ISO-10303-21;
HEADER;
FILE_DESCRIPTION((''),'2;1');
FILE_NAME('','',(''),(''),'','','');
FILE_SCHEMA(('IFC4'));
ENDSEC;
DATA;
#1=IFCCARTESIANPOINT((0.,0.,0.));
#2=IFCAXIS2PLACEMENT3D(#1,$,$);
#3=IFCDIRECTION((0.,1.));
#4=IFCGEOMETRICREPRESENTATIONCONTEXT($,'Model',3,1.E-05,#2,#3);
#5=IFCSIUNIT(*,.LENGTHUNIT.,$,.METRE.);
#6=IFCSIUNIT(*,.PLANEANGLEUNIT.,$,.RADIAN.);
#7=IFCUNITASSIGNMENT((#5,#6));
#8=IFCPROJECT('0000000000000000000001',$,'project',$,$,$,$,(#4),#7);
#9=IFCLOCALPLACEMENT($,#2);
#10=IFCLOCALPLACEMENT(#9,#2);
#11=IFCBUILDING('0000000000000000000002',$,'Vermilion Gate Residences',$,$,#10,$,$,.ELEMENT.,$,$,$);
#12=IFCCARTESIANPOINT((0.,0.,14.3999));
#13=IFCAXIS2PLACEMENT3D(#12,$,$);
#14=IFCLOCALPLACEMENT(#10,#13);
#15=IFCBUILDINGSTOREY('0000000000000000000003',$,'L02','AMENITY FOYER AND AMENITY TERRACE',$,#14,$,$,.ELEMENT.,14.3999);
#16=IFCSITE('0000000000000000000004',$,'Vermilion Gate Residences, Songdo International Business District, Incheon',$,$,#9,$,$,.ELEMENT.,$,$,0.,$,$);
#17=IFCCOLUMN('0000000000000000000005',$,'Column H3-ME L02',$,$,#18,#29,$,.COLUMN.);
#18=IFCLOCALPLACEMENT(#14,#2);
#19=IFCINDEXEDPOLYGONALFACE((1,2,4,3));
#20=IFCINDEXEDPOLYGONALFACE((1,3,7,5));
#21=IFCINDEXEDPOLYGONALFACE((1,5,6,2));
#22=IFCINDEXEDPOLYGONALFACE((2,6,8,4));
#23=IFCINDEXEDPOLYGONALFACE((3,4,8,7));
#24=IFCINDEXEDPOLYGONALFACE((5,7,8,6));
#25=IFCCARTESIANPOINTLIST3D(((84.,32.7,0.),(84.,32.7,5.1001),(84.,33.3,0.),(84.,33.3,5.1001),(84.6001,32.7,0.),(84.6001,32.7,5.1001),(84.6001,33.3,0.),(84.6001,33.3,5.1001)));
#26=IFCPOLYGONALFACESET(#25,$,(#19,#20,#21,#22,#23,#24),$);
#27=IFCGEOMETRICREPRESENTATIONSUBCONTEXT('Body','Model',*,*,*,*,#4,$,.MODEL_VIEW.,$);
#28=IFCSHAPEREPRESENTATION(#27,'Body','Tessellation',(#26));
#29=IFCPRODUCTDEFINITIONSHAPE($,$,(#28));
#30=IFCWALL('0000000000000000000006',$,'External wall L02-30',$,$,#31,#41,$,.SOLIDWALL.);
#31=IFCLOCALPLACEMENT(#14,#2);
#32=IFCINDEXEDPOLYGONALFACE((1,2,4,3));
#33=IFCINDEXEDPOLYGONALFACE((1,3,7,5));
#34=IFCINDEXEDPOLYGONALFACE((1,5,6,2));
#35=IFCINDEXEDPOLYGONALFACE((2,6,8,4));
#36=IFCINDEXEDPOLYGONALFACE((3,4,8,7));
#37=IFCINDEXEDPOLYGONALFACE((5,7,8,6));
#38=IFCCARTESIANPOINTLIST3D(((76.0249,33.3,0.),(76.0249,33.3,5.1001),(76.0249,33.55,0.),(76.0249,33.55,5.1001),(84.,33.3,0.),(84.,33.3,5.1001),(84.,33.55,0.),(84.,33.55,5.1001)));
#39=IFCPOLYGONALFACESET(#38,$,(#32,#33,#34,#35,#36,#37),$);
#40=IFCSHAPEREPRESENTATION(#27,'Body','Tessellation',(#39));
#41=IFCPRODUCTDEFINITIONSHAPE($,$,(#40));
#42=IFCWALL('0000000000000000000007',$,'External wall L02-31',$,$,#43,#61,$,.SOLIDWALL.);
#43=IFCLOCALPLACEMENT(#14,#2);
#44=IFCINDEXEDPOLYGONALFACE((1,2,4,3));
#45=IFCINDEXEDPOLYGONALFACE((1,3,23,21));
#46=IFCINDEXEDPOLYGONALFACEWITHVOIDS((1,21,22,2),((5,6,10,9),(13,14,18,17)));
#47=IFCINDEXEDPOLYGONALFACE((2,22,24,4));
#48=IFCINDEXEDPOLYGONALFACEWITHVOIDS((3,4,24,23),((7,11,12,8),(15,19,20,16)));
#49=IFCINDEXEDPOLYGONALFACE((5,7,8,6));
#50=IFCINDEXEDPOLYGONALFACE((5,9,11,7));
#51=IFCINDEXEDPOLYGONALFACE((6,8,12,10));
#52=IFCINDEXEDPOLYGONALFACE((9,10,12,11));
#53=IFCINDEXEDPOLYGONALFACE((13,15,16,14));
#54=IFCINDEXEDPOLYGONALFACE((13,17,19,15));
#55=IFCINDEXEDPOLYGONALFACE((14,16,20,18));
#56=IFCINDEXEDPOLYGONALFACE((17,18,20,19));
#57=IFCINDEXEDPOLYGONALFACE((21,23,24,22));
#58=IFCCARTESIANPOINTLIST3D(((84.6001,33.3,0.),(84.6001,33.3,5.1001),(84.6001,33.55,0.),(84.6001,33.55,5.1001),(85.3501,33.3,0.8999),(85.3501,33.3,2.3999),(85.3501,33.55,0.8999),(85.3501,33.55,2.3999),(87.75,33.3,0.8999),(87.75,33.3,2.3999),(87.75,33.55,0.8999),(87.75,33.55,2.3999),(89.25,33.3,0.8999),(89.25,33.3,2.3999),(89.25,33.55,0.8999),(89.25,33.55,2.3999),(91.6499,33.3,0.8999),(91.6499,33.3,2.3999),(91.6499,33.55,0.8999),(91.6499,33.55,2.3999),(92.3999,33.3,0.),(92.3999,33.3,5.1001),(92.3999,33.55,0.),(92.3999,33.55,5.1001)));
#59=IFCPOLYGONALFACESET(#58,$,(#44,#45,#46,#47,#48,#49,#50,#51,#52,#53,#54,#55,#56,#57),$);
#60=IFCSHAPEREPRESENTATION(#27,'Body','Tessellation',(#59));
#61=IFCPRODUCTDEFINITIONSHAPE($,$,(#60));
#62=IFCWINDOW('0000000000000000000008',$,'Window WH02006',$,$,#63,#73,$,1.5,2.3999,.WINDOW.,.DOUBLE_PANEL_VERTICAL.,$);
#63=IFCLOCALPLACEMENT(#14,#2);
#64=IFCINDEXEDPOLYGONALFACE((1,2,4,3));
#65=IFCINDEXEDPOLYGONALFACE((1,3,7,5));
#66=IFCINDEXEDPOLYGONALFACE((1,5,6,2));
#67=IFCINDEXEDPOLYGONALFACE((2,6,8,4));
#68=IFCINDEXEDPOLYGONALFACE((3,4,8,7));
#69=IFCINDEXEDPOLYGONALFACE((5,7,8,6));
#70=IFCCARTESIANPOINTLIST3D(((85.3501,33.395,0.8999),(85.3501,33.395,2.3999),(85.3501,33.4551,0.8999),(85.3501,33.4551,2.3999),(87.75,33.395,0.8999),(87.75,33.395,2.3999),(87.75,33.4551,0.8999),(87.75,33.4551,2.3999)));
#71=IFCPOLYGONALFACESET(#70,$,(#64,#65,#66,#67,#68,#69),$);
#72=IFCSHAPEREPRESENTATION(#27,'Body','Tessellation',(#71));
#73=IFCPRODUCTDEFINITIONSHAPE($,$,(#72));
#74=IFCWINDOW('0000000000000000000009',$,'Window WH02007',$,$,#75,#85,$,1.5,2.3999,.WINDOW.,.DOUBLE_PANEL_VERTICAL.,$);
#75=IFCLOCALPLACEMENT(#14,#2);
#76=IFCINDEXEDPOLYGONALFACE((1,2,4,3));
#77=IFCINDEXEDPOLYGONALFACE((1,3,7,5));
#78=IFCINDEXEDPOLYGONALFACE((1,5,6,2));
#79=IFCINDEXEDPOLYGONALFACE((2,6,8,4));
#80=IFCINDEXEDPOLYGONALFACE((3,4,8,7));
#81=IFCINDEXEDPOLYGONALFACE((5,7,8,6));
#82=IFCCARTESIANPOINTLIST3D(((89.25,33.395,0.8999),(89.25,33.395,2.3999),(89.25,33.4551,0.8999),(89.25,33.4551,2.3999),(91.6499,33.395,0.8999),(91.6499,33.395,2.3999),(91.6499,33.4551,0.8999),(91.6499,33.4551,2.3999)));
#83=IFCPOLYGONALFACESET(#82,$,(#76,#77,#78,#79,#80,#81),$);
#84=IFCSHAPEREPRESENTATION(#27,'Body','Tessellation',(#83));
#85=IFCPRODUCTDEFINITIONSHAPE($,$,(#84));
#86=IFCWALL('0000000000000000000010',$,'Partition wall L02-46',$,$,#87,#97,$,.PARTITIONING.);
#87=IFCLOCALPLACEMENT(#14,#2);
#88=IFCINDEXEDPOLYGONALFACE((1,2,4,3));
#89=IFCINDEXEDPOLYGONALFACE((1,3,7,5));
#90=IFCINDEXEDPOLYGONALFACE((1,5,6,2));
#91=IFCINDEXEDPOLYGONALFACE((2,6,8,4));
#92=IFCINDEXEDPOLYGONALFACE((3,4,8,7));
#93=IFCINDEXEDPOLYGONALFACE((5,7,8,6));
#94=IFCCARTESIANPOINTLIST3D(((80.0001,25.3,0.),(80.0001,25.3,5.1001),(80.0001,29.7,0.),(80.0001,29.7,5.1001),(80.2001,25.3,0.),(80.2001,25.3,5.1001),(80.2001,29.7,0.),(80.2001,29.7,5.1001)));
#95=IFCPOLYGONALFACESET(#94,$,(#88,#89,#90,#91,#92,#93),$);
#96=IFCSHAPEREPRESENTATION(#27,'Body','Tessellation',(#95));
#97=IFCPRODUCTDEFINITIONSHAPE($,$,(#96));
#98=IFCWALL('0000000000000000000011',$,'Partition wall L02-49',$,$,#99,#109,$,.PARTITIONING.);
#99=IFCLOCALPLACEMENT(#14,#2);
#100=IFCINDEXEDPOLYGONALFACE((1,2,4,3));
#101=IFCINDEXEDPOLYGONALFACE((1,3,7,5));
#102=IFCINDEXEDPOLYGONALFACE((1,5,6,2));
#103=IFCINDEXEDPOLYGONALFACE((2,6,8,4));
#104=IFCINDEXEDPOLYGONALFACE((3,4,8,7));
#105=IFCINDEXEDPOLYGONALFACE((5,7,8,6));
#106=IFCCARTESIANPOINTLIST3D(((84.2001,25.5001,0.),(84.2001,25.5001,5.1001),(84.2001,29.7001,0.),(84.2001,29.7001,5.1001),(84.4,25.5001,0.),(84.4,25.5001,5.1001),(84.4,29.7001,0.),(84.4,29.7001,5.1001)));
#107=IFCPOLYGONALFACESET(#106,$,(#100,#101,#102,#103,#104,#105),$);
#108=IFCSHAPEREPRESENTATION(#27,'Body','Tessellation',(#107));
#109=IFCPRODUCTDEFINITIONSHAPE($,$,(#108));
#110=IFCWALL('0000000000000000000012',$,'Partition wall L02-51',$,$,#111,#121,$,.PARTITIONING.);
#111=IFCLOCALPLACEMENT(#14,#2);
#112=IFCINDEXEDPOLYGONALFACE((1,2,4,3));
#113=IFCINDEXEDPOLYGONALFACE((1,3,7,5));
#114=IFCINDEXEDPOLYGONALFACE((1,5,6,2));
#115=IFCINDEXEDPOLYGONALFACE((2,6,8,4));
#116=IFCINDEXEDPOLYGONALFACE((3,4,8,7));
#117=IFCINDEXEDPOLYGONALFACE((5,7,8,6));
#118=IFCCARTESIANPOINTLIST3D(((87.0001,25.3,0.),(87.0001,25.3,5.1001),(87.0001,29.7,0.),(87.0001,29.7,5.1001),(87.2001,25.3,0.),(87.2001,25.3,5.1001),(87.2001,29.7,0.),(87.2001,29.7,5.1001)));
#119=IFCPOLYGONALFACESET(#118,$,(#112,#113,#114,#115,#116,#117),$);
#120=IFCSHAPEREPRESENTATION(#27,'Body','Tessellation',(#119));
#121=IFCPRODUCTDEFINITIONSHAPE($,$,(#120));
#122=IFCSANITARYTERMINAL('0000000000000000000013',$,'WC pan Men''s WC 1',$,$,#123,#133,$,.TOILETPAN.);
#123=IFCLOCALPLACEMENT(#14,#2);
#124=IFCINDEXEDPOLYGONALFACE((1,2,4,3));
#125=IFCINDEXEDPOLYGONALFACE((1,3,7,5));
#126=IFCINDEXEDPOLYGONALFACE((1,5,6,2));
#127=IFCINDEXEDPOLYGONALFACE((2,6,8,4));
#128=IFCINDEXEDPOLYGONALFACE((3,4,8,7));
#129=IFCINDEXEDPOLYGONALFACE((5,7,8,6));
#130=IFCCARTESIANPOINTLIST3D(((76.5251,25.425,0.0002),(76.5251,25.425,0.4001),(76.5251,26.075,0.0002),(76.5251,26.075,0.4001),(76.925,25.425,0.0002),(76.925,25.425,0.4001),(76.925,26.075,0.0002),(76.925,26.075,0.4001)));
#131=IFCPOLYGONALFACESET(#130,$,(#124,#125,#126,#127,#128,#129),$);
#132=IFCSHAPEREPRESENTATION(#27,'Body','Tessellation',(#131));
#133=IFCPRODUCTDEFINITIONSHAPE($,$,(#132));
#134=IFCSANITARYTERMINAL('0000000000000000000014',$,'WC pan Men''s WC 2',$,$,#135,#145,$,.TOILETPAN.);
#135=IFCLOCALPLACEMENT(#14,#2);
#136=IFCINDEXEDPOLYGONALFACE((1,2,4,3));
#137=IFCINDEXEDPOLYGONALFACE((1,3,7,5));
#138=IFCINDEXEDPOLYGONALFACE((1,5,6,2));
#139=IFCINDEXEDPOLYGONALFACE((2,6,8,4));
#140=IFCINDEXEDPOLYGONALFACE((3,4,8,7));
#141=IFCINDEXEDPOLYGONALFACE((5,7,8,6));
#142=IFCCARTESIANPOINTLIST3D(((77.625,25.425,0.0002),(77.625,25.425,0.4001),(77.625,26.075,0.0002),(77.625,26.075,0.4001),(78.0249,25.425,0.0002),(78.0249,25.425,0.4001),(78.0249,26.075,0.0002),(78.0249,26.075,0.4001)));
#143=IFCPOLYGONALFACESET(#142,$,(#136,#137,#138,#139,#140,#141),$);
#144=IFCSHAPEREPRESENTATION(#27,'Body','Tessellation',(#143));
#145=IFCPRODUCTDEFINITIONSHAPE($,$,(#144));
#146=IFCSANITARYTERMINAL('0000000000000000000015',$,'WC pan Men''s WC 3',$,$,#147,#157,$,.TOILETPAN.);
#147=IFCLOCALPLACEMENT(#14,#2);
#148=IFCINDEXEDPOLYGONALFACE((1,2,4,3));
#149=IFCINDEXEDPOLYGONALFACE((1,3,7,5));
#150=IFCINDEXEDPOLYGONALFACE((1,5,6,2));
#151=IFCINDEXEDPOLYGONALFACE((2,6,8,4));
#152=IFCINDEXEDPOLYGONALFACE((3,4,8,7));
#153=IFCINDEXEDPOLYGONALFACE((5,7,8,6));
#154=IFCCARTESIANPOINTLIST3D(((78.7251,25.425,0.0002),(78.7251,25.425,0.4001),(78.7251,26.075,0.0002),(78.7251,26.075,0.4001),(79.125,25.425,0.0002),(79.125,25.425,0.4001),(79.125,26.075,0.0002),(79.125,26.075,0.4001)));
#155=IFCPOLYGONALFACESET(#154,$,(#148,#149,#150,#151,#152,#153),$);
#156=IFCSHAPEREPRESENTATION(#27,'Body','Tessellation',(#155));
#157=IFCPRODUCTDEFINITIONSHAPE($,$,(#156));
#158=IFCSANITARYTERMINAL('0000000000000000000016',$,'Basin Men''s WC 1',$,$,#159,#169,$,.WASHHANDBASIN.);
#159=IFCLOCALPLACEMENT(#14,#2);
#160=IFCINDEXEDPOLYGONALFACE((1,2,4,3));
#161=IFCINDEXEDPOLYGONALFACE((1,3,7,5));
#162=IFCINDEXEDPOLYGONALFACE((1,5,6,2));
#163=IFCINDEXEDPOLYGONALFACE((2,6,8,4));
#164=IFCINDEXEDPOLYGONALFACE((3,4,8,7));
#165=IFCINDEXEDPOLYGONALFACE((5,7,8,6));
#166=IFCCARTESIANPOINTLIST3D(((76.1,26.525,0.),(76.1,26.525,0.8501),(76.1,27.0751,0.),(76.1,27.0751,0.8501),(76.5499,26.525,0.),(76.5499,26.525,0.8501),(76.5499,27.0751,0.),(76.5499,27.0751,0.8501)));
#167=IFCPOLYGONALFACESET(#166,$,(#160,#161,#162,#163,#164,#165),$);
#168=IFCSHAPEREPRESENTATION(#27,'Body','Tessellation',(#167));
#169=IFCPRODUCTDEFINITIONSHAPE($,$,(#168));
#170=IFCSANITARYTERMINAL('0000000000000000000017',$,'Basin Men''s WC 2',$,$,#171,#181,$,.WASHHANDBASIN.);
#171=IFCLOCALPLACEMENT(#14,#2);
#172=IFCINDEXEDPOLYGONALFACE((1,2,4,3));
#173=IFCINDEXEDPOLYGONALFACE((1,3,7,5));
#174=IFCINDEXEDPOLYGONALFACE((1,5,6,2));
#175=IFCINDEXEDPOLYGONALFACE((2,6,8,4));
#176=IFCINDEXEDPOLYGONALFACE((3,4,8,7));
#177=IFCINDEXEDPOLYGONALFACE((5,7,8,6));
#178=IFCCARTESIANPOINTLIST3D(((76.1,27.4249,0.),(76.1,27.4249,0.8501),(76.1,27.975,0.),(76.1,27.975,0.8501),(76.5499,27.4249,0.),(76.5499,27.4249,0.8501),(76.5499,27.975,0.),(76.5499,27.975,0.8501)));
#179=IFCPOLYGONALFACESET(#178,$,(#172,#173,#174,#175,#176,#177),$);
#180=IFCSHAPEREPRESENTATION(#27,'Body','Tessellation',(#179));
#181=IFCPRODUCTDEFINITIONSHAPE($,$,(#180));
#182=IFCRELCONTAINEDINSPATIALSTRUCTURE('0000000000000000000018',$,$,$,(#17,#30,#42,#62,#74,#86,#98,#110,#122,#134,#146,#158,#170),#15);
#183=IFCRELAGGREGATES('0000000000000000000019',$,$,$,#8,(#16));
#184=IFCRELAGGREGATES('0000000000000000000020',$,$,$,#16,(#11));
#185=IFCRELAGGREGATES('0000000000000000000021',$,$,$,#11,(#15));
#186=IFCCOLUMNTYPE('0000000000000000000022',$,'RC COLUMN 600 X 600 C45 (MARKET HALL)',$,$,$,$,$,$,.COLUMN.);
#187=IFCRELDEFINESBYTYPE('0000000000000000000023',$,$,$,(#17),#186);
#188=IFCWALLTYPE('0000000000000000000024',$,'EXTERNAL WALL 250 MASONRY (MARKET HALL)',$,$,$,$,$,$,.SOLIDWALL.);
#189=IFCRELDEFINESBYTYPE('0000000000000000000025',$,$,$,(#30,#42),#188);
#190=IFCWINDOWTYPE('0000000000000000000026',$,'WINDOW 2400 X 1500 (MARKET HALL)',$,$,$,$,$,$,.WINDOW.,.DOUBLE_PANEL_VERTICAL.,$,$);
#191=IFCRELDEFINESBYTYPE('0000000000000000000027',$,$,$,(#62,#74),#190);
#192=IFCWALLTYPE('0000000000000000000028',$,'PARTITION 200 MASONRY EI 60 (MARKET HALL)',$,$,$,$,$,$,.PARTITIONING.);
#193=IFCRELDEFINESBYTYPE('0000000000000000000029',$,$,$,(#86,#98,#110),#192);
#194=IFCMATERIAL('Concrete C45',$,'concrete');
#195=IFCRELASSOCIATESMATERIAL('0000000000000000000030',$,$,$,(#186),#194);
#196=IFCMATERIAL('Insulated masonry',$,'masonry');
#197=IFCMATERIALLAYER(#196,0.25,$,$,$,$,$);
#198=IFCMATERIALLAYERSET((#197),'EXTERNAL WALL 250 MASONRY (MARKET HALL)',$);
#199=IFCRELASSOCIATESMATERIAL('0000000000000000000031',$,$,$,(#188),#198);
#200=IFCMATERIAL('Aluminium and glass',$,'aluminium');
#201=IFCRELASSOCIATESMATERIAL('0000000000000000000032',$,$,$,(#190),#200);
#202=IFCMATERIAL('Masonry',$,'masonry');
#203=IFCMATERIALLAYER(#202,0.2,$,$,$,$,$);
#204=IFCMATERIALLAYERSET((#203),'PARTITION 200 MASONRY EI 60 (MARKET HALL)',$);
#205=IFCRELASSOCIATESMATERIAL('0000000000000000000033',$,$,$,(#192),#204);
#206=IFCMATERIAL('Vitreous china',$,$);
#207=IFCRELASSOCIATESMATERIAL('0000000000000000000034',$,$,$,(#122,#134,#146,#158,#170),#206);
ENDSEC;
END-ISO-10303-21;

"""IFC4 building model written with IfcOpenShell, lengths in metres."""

from ifc_helpers import new_model, si_unit, direction, frame, frame_2d, origin, origin_2d, place, context, subcontext, project, spatial, rectangle, extrude, material, layer, layer_set, material_profile, profile_set, type_object, element, fill, save


model = new_model("IFC4")

# Units and contexts
model_context = context("Model", 3, precision=1e-05, world=origin(), true_north=direction((0.0, 1.0)))
body_context = subcontext(model_context, "Body", "Model", "MODEL_VIEW")
ifc_project = project(units=[si_unit("LENGTHUNIT", "METRE"), si_unit("PLANEANGLEUNIT", "RADIAN")], contexts=[model_context])

# Site, building, storey
site_placement = place(None, origin())
site = spatial("IfcSite", under=ifc_project, at=site_placement, Name="Vermilion Gate Residences, Songdo International Business District, Incheon", CompositionType="ELEMENT", RefElevation=0.0)
building_placement = place(site_placement, origin())
building = spatial("IfcBuilding", under=site, at=building_placement, Name="Vermilion Gate Residences", CompositionType="ELEMENT")
storey_placement = place(building_placement, frame((0.0, 0.0, 14.3999)))
storey = spatial("IfcBuildingStorey", under=building, at=storey_placement, Name="L02", Description="AMENITY FOYER AND AMENITY TERRACE", CompositionType="ELEMENT", Elevation=14.3999)

# Column
ifc_material_1 = material(Name="Concrete C45", Category="concrete")
ifc_material_profile = material_profile(ifc_material_1, rectangle(XDim=0.6001, YDim=0.6001, at=origin_2d()), Name="RC COLUMN 600 X 600 C45 (MARKET HALL)")
ifc_profile_set = profile_set([ifc_material_profile], Name="Concrete C45")
column_type = type_object("IfcColumnType", Name="RC COLUMN 600 X 600 C45 (MARKET HALL)", PredefinedType="COLUMN", material=ifc_profile_set)
column_placement = place(storey_placement, frame((84.3, 33.0, 0.0), z_axis=(0.0, 0.0, 1.0), x_axis=(1.0, 0.0, 0.0)))
element("IfcColumn", 1, at=column_placement, inside=storey, type_object=column_type, Name="Column H3-ME L02", PredefinedType="COLUMN", context=body_context, shape_type="SweptSolid", body=[
    extrude(rectangle(XDim=0.6001, YDim=0.6001, at=origin_2d()), origin(), (0.0, 0.0, 1.0), 5.1001),
])

# Wall
ifc_material_2 = material(Name="Insulated masonry", Category="masonry")
ifc_layer_1 = layer(ifc_material_2, 0.25)
ifc_layer_set_1 = layer_set([ifc_layer_1], Name="EXTERNAL WALL 250 MASONRY (MARKET HALL)")
wall_type_1 = type_object("IfcWallType", Name="EXTERNAL WALL 250 MASONRY (MARKET HALL)", PredefinedType="SOLIDWALL", material=ifc_layer_set_1)
wall_1_placement = place(storey_placement, frame((76.0249, 33.425, 0.0), z_axis=(0.0, 0.0, 1.0), x_axis=(1.0, 0.0, 0.0)))
element("IfcWall", 2, at=wall_1_placement, inside=storey, type_object=wall_type_1, Name="External wall L02-30", PredefinedType="SOLIDWALL", context=body_context, shape_type="SweptSolid", body=[
    extrude(rectangle(XDim=7.9751, YDim=0.25, at=frame_2d((3.9875, 0.0))), origin(), (0.0, 0.0, 1.0), 5.1001),
])

# Wall, openings, windows
wall_2_placement = place(storey_placement, frame((84.6001, 33.425, 0.0), z_axis=(0.0, 0.0, 1.0), x_axis=(1.0, 0.0, 0.0)))
wall_2 = element("IfcWall", 3, at=wall_2_placement, inside=storey, type_object=wall_type_1, Name="External wall L02-31", PredefinedType="SOLIDWALL", context=body_context, shape_type="SweptSolid", body=[
    extrude(rectangle(XDim=7.7998, YDim=0.25, at=frame_2d((3.8999, 0.0))), origin(), (0.0, 0.0, 1.0), 5.1001),
])
opening_1_placement = place(wall_2_placement, frame((0.75, 0.0, 0.8999)))
opening_1 = element("IfcOpeningElement", 4, at=opening_1_placement, cuts=wall_2, PredefinedType="OPENING", context=body_context, shape_type="SweptSolid", body=[
    extrude(rectangle(XDim=2.3999, YDim=1.5, at=frame_2d((1.2, 0.75))), frame((0.0, 0.135, 0.0), z_axis=(0.0, -1.0, 0.0), x_axis=(1.0, 0.0, 0.0)), (0.0, 0.0, 1.0), 0.27),
])
opening_2_placement = place(wall_2_placement, frame((4.6499, 0.0, 0.8999)))
opening_2 = element("IfcOpeningElement", 5, at=opening_2_placement, cuts=wall_2, PredefinedType="OPENING", context=body_context, shape_type="SweptSolid", body=[
    extrude(rectangle(XDim=2.3999, YDim=1.5, at=frame_2d((1.2, 0.75))), frame((0.0, 0.135, 0.0), z_axis=(0.0, -1.0, 0.0), x_axis=(1.0, 0.0, 0.0)), (0.0, 0.0, 1.0), 0.27),
])
ifc_material_3 = material(Name="Aluminium and glass", Category="aluminium")
window_type = type_object("IfcWindowType", Name="WINDOW 2400 X 1500 (MARKET HALL)", PartitioningType="DOUBLE_PANEL_VERTICAL", PredefinedType="WINDOW", material=ifc_material_3)
window_1_placement = place(opening_1_placement, origin())
window_1 = element("IfcWindow", 6, at=window_1_placement, inside=storey, type_object=window_type, Name="Window WH02006", OverallHeight=1.5, OverallWidth=2.3999, PartitioningType="DOUBLE_PANEL_VERTICAL", PredefinedType="WINDOW", context=body_context, shape_type="SweptSolid", body=[
    extrude(rectangle(XDim=2.3999, YDim=1.5, at=frame_2d((1.2, 0.75))), frame((0.0, 0.03, 0.0), z_axis=(0.0, -1.0, 0.0), x_axis=(1.0, 0.0, 0.0)), (0.0, 0.0, 1.0), 0.0601),
])
fill(opening_1, window_1)
window_2_placement = place(opening_2_placement, origin())
window_2 = element("IfcWindow", 7, at=window_2_placement, inside=storey, type_object=window_type, Name="Window WH02007", OverallHeight=1.5, OverallWidth=2.3999, PartitioningType="DOUBLE_PANEL_VERTICAL", PredefinedType="WINDOW", context=body_context, shape_type="SweptSolid", body=[
    extrude(rectangle(XDim=2.3999, YDim=1.5, at=frame_2d((1.2, 0.75))), frame((0.0, 0.03, 0.0), z_axis=(0.0, -1.0, 0.0), x_axis=(1.0, 0.0, 0.0)), (0.0, 0.0, 1.0), 0.0601),
])
fill(opening_2, window_2)

# Walls
ifc_material_4 = material(Name="Masonry", Category="masonry")
ifc_layer_2 = layer(ifc_material_4, 0.2)
ifc_layer_set_2 = layer_set([ifc_layer_2], Name="PARTITION 200 MASONRY EI 60 (MARKET HALL)")
wall_type_2 = type_object("IfcWallType", Name="PARTITION 200 MASONRY EI 60 (MARKET HALL)", PredefinedType="PARTITIONING", material=ifc_layer_set_2)
wall_3_placement = place(storey_placement, frame((80.1001, 25.3, 0.0), z_axis=(0.0, 0.0, 1.0), x_axis=(0.0, 1.0, 0.0)))
element("IfcWall", 8, at=wall_3_placement, inside=storey, type_object=wall_type_2, Name="Partition wall L02-46", PredefinedType="PARTITIONING", context=body_context, shape_type="SweptSolid", body=[
    extrude(rectangle(XDim=4.3999, YDim=0.2, at=frame_2d((2.2, 0.0))), origin(), (0.0, 0.0, 1.0), 5.1001),
])
wall_4_placement = place(storey_placement, frame((84.3, 25.5, 0.0), z_axis=(0.0, 0.0, 1.0), x_axis=(0.0, 1.0, 0.0)))
element("IfcWall", 9, at=wall_4_placement, inside=storey, type_object=wall_type_2, Name="Partition wall L02-49", PredefinedType="PARTITIONING", context=body_context, shape_type="SweptSolid", body=[
    extrude(rectangle(XDim=4.2, YDim=0.2, at=frame_2d((2.1001, 0.0))), origin(), (0.0, 0.0, 1.0), 5.1001),
])
wall_5_placement = place(storey_placement, frame((87.1001, 25.3, 0.0), z_axis=(0.0, 0.0, 1.0), x_axis=(0.0, 1.0, 0.0)))
element("IfcWall", 10, at=wall_5_placement, inside=storey, type_object=wall_type_2, Name="Partition wall L02-51", PredefinedType="PARTITIONING", context=body_context, shape_type="SweptSolid", body=[
    extrude(rectangle(XDim=4.3999, YDim=0.2, at=frame_2d((2.2, 0.0))), origin(), (0.0, 0.0, 1.0), 5.1001),
])

# Sanitary terminals
ifc_material_5 = material(Name="Vitreous china")
for number, where, z_axis, x_axis, name in (
    (11, (76.7251, 25.75, 0.0002), (0.0, 0.0, 1.0), (1.0, 0.0, 0.0), "WC pan Men's WC 1"),
    (12, (77.825, 25.75, 0.0002), (0.0, 0.0, 1.0), (1.0, 0.0, 0.0), "WC pan Men's WC 2"),
    (13, (78.925, 25.75, 0.0002), (0.0, 0.0, 1.0), (1.0, 0.0, 0.0), "WC pan Men's WC 3"),
):
    element("IfcSanitaryTerminal", number, at=place(storey_placement, frame(where, z_axis=z_axis, x_axis=x_axis)), inside=storey, material=ifc_material_5, Name=name, PredefinedType="TOILETPAN", context=body_context, shape_type="SweptSolid", body=[
        extrude(rectangle(XDim=0.3999, YDim=0.6499, at=origin_2d()), origin(), (0.0, 0.0, 1.0), 0.3999),
    ])
for number, where, z_axis, x_axis, name in (
    (14, (76.325, 26.8, 0.0), (0.0, 0.0, 1.0), (1.0, 0.0, 0.0), "Basin Men's WC 1"),
    (15, (76.325, 27.7, 0.0), (0.0, 0.0, 1.0), (1.0, 0.0, 0.0), "Basin Men's WC 2"),
):
    element("IfcSanitaryTerminal", number, at=place(storey_placement, frame(where, z_axis=z_axis, x_axis=x_axis)), inside=storey, material=ifc_material_5, Name=name, PredefinedType="WASHHANDBASIN", context=body_context, shape_type="SweptSolid", body=[
        extrude(rectangle(XDim=0.45, YDim=0.55, at=origin_2d()), origin(), (0.0, 0.0, 1.0), 0.8501),
    ])

save(model, "model.ifc")
